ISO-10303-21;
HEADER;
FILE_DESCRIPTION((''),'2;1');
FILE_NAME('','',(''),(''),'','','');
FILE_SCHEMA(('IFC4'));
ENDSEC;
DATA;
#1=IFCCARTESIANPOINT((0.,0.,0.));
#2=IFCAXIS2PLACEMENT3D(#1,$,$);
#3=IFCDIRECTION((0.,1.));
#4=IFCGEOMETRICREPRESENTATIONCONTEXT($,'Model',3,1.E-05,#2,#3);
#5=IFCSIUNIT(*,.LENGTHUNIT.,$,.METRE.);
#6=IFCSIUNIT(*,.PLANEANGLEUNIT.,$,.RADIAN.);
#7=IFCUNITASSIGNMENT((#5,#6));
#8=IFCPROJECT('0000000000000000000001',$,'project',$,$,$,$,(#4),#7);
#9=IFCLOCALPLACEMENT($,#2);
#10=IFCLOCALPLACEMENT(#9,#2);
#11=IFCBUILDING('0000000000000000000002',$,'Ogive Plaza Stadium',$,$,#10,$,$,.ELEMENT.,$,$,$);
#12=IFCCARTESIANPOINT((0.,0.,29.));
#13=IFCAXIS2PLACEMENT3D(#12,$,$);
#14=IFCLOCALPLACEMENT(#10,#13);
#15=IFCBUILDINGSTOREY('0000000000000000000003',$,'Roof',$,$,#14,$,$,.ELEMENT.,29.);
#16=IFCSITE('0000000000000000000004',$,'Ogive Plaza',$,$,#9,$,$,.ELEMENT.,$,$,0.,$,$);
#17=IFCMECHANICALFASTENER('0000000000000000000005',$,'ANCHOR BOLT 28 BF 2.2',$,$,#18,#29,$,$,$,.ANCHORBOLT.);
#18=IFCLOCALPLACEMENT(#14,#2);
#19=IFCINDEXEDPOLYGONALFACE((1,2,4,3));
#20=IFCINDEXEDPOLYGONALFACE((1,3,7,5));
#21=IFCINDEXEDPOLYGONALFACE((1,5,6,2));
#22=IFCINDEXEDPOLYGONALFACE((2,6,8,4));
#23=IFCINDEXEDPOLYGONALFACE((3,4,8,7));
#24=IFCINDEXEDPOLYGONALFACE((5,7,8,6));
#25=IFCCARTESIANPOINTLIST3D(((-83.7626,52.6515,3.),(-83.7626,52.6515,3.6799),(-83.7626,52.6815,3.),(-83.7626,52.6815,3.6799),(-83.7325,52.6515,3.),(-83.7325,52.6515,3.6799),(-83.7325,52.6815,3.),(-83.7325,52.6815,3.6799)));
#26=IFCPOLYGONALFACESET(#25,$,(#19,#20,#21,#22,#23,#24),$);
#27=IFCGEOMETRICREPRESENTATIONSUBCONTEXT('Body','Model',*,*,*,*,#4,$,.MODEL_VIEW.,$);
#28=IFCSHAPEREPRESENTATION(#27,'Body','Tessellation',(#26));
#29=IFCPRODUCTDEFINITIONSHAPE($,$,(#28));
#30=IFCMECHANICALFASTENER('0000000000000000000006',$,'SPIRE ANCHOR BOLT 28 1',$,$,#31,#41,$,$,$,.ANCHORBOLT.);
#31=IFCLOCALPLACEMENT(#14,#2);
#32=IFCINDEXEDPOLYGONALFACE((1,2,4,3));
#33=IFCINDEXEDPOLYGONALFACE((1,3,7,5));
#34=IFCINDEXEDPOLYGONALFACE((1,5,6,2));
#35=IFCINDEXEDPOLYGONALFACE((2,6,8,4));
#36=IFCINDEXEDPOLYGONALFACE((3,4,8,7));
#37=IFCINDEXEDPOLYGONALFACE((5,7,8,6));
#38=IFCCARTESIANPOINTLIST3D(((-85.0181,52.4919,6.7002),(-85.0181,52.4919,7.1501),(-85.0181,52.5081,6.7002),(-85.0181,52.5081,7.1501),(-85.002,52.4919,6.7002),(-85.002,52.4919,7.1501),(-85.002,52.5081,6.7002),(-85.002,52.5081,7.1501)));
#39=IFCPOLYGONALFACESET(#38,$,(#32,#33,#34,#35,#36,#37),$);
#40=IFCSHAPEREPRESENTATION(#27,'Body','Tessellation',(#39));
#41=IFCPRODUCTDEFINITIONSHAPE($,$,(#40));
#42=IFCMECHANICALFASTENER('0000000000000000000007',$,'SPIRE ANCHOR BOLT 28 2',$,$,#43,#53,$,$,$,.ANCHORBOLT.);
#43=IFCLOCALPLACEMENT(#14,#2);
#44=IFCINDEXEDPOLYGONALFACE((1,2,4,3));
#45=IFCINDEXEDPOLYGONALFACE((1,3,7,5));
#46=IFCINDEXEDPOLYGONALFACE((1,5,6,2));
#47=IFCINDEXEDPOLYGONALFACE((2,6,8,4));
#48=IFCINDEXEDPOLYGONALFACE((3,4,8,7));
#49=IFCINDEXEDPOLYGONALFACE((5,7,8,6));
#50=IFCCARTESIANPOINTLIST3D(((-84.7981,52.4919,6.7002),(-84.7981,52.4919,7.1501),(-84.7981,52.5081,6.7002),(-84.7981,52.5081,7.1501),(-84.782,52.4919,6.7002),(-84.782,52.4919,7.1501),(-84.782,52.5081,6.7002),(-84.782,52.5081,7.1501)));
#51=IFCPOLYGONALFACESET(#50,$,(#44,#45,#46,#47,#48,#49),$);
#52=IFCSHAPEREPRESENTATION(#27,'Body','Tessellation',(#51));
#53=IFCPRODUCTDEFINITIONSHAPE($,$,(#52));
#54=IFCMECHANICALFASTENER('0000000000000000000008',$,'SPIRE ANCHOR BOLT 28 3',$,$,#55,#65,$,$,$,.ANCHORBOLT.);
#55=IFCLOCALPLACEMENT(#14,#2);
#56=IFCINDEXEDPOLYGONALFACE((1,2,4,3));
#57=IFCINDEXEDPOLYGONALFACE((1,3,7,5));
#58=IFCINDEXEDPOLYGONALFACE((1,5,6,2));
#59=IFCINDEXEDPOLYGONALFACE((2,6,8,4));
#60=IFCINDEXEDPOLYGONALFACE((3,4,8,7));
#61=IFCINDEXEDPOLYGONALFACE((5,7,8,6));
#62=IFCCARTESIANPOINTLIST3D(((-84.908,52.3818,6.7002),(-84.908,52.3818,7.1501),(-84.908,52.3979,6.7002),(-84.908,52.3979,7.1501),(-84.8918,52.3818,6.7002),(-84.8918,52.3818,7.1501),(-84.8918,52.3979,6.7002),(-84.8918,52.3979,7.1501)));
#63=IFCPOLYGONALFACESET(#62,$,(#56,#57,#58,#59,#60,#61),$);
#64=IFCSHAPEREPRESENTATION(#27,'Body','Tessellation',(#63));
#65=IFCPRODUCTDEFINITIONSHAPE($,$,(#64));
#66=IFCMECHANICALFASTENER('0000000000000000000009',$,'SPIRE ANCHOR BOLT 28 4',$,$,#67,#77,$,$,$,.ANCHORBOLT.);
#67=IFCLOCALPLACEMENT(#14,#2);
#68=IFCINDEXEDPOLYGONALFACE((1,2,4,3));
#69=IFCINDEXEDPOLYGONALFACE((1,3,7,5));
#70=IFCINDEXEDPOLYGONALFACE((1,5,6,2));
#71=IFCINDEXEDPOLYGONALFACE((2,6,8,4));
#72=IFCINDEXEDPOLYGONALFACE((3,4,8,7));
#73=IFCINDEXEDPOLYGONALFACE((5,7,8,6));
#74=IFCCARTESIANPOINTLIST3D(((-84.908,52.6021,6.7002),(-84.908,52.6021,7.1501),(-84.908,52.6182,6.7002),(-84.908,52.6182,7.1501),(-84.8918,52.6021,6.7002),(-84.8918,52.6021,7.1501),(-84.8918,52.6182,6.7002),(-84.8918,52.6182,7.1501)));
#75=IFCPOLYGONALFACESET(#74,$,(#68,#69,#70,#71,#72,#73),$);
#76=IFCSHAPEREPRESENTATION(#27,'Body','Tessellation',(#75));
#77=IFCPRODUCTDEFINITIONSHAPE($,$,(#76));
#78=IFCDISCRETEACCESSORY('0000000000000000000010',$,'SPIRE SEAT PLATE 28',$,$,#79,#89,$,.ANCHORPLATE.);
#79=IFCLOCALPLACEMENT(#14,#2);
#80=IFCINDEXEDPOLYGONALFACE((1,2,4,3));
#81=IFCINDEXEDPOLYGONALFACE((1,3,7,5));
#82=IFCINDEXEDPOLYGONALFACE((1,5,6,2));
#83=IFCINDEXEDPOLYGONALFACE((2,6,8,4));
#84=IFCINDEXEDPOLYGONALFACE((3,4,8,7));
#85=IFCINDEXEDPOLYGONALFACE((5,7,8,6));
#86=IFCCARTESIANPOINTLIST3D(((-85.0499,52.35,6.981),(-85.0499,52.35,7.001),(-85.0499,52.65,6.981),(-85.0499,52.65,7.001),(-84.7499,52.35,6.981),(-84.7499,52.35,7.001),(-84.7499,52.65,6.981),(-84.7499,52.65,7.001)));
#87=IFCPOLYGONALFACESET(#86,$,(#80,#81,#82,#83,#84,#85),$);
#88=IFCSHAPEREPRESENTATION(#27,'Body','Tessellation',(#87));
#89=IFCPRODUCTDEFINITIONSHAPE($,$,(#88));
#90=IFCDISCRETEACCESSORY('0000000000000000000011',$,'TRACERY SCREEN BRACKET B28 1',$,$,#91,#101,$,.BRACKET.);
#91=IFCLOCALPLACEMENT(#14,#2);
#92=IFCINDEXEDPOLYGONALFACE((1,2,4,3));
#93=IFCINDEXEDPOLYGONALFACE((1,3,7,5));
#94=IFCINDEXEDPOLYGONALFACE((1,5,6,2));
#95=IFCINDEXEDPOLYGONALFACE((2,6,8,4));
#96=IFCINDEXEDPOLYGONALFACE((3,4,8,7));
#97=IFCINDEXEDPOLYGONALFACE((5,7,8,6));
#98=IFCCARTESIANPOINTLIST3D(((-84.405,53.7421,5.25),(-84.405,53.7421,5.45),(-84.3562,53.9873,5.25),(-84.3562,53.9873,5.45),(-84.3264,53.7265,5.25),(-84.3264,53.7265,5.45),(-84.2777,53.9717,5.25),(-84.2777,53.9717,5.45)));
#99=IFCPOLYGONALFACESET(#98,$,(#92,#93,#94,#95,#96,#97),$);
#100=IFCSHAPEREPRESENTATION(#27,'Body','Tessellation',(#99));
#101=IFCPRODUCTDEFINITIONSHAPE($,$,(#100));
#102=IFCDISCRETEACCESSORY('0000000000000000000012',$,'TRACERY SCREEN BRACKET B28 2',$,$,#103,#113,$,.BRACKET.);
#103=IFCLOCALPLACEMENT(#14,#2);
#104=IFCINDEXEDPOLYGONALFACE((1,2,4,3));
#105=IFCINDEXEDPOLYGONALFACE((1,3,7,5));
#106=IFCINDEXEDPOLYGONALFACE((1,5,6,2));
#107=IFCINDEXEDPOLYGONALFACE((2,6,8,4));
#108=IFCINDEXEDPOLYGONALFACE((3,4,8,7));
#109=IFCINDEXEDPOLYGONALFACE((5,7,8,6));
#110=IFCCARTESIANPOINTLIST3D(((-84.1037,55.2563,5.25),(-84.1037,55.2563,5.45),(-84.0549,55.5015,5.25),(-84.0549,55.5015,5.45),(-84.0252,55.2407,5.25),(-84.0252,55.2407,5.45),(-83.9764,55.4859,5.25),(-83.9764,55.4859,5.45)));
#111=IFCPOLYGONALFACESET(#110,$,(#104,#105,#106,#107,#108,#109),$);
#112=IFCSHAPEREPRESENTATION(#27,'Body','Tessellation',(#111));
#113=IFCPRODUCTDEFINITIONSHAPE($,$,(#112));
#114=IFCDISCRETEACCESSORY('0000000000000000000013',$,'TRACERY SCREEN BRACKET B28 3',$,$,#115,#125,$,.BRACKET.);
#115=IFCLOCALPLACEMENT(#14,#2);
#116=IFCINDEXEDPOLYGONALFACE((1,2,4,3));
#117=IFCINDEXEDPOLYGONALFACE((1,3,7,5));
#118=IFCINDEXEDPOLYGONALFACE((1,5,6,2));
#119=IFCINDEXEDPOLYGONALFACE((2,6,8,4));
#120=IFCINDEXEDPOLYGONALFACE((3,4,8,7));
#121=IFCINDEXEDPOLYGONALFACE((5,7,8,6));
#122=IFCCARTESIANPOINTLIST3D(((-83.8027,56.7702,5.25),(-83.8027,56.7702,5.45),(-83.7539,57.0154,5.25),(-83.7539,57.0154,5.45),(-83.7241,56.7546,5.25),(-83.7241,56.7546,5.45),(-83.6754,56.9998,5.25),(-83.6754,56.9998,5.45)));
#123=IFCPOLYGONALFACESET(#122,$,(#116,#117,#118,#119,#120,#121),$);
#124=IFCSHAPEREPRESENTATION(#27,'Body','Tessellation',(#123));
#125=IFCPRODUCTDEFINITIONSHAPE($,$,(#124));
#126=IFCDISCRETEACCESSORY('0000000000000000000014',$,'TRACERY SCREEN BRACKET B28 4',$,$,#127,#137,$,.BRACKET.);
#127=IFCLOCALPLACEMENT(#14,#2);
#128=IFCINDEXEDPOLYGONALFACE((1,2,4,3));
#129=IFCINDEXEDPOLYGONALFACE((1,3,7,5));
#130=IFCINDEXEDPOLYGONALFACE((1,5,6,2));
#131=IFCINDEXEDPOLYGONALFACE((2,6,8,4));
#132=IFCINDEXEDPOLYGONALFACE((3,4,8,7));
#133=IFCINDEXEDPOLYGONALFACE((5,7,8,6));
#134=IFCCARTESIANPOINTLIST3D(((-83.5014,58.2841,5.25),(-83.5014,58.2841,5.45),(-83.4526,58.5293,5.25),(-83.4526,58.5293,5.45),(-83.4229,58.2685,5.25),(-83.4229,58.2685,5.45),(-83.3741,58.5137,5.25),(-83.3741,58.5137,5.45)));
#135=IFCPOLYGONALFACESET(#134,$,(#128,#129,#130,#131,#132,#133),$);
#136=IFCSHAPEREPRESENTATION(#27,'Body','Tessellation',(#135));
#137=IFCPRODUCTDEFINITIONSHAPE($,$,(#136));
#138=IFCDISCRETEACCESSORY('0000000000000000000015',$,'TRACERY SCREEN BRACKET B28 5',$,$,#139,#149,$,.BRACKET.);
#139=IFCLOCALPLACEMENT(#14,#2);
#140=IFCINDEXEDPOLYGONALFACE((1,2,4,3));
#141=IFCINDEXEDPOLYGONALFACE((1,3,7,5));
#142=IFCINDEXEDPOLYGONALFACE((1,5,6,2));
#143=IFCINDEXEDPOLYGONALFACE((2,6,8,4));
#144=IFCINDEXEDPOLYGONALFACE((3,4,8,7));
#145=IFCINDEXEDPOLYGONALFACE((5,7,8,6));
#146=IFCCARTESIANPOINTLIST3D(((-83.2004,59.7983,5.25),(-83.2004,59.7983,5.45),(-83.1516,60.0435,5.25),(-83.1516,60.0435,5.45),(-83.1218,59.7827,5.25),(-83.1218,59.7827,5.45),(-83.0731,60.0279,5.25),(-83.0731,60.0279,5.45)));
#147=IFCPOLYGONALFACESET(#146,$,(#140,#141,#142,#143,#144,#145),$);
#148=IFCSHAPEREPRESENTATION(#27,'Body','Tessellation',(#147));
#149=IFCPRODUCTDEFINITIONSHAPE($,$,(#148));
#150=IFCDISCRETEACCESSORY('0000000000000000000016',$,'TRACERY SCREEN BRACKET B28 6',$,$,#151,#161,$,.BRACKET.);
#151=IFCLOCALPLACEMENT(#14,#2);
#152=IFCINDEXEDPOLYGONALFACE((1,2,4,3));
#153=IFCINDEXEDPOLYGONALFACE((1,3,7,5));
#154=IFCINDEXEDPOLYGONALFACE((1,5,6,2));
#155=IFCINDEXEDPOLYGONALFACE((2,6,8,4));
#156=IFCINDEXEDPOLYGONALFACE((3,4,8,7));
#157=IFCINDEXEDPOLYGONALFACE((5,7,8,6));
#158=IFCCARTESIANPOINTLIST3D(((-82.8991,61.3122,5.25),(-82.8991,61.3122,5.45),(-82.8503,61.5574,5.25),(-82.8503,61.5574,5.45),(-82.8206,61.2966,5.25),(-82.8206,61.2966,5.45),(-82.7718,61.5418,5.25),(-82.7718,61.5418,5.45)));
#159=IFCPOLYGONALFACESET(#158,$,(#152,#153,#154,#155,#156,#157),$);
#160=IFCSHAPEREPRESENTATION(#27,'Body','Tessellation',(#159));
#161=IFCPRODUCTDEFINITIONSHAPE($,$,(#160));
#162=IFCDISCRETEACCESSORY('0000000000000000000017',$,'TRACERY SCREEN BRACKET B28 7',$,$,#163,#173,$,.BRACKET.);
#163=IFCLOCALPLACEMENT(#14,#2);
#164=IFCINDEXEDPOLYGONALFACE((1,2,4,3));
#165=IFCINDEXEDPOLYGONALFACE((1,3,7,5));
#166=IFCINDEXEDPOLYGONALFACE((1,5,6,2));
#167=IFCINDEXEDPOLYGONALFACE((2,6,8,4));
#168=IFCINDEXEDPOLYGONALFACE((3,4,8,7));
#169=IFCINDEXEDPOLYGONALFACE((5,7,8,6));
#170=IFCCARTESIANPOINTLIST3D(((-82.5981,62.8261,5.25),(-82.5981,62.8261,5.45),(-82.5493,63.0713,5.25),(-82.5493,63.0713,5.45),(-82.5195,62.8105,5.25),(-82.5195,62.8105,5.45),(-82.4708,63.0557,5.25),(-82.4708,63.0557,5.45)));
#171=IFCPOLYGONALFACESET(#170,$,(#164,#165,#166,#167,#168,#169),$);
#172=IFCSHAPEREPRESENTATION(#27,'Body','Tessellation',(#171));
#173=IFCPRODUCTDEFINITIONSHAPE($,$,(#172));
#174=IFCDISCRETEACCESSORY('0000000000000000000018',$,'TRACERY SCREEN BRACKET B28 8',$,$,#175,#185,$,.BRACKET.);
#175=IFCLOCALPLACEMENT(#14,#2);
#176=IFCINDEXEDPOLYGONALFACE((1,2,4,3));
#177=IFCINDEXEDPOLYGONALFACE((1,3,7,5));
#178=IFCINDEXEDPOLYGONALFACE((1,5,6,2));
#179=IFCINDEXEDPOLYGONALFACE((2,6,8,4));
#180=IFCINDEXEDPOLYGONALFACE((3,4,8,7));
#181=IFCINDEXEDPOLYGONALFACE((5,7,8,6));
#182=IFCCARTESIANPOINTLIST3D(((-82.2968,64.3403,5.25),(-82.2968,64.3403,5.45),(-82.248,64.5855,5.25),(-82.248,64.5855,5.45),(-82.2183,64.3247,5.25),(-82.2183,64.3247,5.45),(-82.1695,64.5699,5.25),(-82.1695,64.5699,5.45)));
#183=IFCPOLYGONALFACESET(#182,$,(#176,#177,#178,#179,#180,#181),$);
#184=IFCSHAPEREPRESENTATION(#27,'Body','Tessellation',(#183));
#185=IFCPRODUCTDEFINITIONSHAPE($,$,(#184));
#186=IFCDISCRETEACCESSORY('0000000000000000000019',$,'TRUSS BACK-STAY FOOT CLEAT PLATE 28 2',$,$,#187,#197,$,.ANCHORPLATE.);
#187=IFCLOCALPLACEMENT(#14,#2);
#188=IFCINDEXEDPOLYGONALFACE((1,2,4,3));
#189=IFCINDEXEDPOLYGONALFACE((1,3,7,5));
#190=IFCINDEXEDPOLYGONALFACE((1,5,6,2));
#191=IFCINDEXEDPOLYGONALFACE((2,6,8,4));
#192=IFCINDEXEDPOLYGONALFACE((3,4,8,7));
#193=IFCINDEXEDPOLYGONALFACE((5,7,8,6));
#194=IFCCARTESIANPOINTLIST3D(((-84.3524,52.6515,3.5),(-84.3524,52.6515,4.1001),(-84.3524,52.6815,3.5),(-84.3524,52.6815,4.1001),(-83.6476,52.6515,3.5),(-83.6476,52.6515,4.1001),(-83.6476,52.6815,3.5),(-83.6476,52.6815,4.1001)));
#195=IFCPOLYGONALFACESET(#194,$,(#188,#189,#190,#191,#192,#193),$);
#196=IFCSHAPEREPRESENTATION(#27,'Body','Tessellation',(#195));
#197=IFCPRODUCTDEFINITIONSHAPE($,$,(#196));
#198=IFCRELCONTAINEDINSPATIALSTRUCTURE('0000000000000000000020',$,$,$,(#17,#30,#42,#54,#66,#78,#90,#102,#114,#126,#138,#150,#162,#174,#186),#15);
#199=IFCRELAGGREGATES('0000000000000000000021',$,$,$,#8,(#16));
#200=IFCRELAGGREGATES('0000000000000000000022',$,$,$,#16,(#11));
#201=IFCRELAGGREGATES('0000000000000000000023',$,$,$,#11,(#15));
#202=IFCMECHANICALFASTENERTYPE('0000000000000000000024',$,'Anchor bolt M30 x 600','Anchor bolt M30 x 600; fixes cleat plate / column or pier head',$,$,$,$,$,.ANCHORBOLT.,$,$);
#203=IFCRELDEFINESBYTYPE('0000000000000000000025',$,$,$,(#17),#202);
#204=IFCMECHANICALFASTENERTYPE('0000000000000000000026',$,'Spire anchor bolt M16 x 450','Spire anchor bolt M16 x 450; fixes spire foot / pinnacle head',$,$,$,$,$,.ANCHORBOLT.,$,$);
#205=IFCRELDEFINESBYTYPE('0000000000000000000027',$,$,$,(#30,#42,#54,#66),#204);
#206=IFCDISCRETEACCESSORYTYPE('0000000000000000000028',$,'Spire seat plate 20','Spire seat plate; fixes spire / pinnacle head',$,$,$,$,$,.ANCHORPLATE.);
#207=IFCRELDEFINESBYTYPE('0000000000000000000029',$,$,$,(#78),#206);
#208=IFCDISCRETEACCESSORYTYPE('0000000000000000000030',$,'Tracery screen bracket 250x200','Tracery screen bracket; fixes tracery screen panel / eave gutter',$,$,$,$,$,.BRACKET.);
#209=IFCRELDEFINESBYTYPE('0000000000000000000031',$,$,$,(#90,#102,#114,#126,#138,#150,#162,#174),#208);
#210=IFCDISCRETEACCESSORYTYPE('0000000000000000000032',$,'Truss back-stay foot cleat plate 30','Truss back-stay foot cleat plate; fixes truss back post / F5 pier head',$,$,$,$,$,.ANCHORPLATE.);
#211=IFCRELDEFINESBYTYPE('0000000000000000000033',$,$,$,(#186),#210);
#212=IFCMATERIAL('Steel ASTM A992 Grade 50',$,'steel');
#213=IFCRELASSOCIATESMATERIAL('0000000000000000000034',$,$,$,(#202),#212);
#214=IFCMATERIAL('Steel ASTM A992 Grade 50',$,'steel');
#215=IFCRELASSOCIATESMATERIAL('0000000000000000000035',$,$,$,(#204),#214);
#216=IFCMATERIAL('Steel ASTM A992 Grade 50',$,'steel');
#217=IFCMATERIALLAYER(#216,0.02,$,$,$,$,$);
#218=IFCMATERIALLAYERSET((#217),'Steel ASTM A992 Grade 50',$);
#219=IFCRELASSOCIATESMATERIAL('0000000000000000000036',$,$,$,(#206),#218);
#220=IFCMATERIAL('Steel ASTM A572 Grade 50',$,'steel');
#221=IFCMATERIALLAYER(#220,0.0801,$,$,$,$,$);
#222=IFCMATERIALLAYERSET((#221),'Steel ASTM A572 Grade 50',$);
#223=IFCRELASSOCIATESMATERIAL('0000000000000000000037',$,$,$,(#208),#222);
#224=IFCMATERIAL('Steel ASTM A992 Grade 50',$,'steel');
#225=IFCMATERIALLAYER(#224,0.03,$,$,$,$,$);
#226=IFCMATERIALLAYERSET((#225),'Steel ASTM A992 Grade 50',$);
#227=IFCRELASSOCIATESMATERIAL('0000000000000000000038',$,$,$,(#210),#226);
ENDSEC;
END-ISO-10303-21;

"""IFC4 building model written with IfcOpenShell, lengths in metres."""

from ifc_helpers import new_model, si_unit, direction, frame, origin, origin_2d, place, context, subcontext, project, spatial, rectangle, extrude, material, layer, layer_set, type_object, element, save


model = new_model("IFC4")

# Units and contexts
model_context = context("Model", 3, precision=1e-05, world=origin(), true_north=direction((0.0, 1.0)))
body_context = subcontext(model_context, "Body", "Model", "MODEL_VIEW")
ifc_project = project(units=[si_unit("LENGTHUNIT", "METRE"), si_unit("PLANEANGLEUNIT", "RADIAN")], contexts=[model_context])

# Site, building, storey
site_placement = place(None, origin())
site = spatial("IfcSite", under=ifc_project, at=site_placement, Name="Ogive Plaza", CompositionType="ELEMENT", RefElevation=0.0)
building_placement = place(site_placement, origin())
building = spatial("IfcBuilding", under=site, at=building_placement, Name="Ogive Plaza Stadium", CompositionType="ELEMENT")
storey_placement = place(building_placement, frame((0.0, 0.0, 29.0)))
storey = spatial("IfcBuildingStorey", under=building, at=storey_placement, Name="Roof", CompositionType="ELEMENT", Elevation=29.0)

# Mechanical fasteners
ifc_material_1 = material(Name="Steel ASTM A992 Grade 50", Category="steel")
mechanical_fastener_type_1 = type_object("IfcMechanicalFastenerType", Name="Anchor bolt M30 x 600", Description="Anchor bolt M30 x 600; fixes cleat plate / column or pier head", PredefinedType="ANCHORBOLT", material=ifc_material_1)
for number, where, z_axis, x_axis, name in (
    (1, (-83.7476, 52.6665, 3.0), (0.0, 0.0, 1.0), (-1.0, 0.0, 0.0), "ANCHOR BOLT 28 BF 2.2"),
):
    element("IfcMechanicalFastener", number, at=place(storey_placement, frame(where, z_axis=z_axis, x_axis=x_axis)), inside=storey, type_object=mechanical_fastener_type_1, Name=name, PredefinedType="ANCHORBOLT", context=body_context, shape_type="SweptSolid", body=[
        extrude(rectangle(XDim=0.03, YDim=0.03, at=origin_2d()), origin(), (0.0, 0.0, 1.0), 0.6799),
    ])
ifc_material_2 = material(Name="Steel ASTM A992 Grade 50", Category="steel")
mechanical_fastener_type_2 = type_object("IfcMechanicalFastenerType", Name="Spire anchor bolt M16 x 450", Description="Spire anchor bolt M16 x 450; fixes spire foot / pinnacle head", PredefinedType="ANCHORBOLT", material=ifc_material_2)
for number, where, z_axis, x_axis, name in (
    (2, (-85.01, 52.5, 6.7002), (0.0, 0.0, 1.0), (-1.0, 0.0, 0.0), "SPIRE ANCHOR BOLT 28 1"),
    (3, (-84.79, 52.5, 6.7002), (0.0, 0.0, 1.0), (-1.0, 0.0, 0.0), "SPIRE ANCHOR BOLT 28 2"),
    (4, (-84.8999, 52.3899, 6.7002), (0.0, 0.0, 1.0), (-1.0, 0.0, 0.0), "SPIRE ANCHOR BOLT 28 3"),
    (5, (-84.8999, 52.6101, 6.7002), (0.0, 0.0, 1.0), (-1.0, 0.0, 0.0), "SPIRE ANCHOR BOLT 28 4"),
):
    element("IfcMechanicalFastener", number, at=place(storey_placement, frame(where, z_axis=z_axis, x_axis=x_axis)), inside=storey, type_object=mechanical_fastener_type_2, Name=name, PredefinedType="ANCHORBOLT", context=body_context, shape_type="SweptSolid", body=[
        extrude(rectangle(XDim=0.0161, YDim=0.0161, at=origin_2d()), origin(), (0.0, 0.0, 1.0), 0.45),
    ])

# Discrete accessories
ifc_material_3 = material(Name="Steel ASTM A992 Grade 50", Category="steel")
ifc_layer_1 = layer(ifc_material_3, 0.02)
ifc_layer_set_1 = layer_set([ifc_layer_1], Name="Steel ASTM A992 Grade 50")
discrete_accessory_type_1 = type_object("IfcDiscreteAccessoryType", Name="Spire seat plate 20", Description="Spire seat plate; fixes spire / pinnacle head", PredefinedType="ANCHORPLATE", material=ifc_layer_set_1)
discrete_accessory_1_placement = place(storey_placement, frame((-84.8999, 52.5, 6.981), z_axis=(0.0, 0.0, 1.0), x_axis=(-1.0, 0.0, 0.0)))
element("IfcDiscreteAccessory", 6, at=discrete_accessory_1_placement, inside=storey, type_object=discrete_accessory_type_1, Name="SPIRE SEAT PLATE 28", PredefinedType="ANCHORPLATE", context=body_context, shape_type="SweptSolid", body=[
    extrude(rectangle(XDim=0.3, YDim=0.3, at=origin_2d()), origin(), (0.0, 0.0, 1.0), 0.02),
])
ifc_material_4 = material(Name="Steel ASTM A572 Grade 50", Category="steel")
ifc_layer_2 = layer(ifc_material_4, 0.0801)
ifc_layer_set_2 = layer_set([ifc_layer_2], Name="Steel ASTM A572 Grade 50")
discrete_accessory_type_2 = type_object("IfcDiscreteAccessoryType", Name="Tracery screen bracket 250x200", Description="Tracery screen bracket; fixes tracery screen panel / eave gutter", PredefinedType="BRACKET", material=ifc_layer_set_2)
for number, where, z_axis, x_axis, name in (
    (7, (-84.3413, 53.8569, 5.25), (0.0, 0.0, 1.0), (0.19509, 0.980785, 0.0), "TRACERY SCREEN BRACKET B28 1"),
    (8, (-84.04, 55.3711, 5.25), (0.0, 0.0, 1.0), (0.19509, 0.980785, 0.0), "TRACERY SCREEN BRACKET B28 2"),
    (9, (-83.739, 56.885, 5.25), (0.0, 0.0, 1.0), (0.19509, 0.980785, 0.0), "TRACERY SCREEN BRACKET B28 3"),
    (10, (-83.4377, 58.3989, 5.25), (0.0, 0.0, 1.0), (0.19509, 0.980785, 0.0), "TRACERY SCREEN BRACKET B28 4"),
    (11, (-83.1367, 59.9131, 5.25), (0.0, 0.0, 1.0), (0.19509, 0.980785, 0.0), "TRACERY SCREEN BRACKET B28 5"),
    (12, (-82.8354, 61.427, 5.25), (0.0, 0.0, 1.0), (0.19509, 0.980785, 0.0), "TRACERY SCREEN BRACKET B28 6"),
    (13, (-82.5344, 62.9409, 5.25), (0.0, 0.0, 1.0), (0.19509, 0.980785, 0.0), "TRACERY SCREEN BRACKET B28 7"),
    (14, (-82.2332, 64.4551, 5.25), (0.0, 0.0, 1.0), (0.19509, 0.980785, 0.0), "TRACERY SCREEN BRACKET B28 8"),
):
    element("IfcDiscreteAccessory", number, at=place(storey_placement, frame(where, z_axis=z_axis, x_axis=x_axis)), inside=storey, type_object=discrete_accessory_type_2, Name=name, PredefinedType="BRACKET", context=body_context, shape_type="SweptSolid", body=[
        extrude(rectangle(XDim=0.25, YDim=0.0801, at=origin_2d()), origin(), (0.0, 0.0, 1.0), 0.2),
    ])
ifc_material_5 = material(Name="Steel ASTM A992 Grade 50", Category="steel")
ifc_layer_3 = layer(ifc_material_5, 0.03)
ifc_layer_set_3 = layer_set([ifc_layer_3], Name="Steel ASTM A992 Grade 50")
discrete_accessory_type_3 = type_object("IfcDiscreteAccessoryType", Name="Truss back-stay foot cleat plate 30", Description="Truss back-stay foot cleat plate; fixes truss back post / F5 pier head", PredefinedType="ANCHORPLATE", material=ifc_layer_set_3)
discrete_accessory_2_placement = place(storey_placement, frame((-84.0, 52.6665, 3.5), z_axis=(0.0, 0.0, 1.0), x_axis=(-1.0, 0.0, 0.0)))
element("IfcDiscreteAccessory", 15, at=discrete_accessory_2_placement, inside=storey, type_object=discrete_accessory_type_3, Name="TRUSS BACK-STAY FOOT CLEAT PLATE 28 2", PredefinedType="ANCHORPLATE", context=body_context, shape_type="SweptSolid", body=[
    extrude(rectangle(XDim=0.7048, YDim=0.03, at=origin_2d()), origin(), (0.0, 0.0, 1.0), 0.6001),
])

save(model, "model.ifc")
